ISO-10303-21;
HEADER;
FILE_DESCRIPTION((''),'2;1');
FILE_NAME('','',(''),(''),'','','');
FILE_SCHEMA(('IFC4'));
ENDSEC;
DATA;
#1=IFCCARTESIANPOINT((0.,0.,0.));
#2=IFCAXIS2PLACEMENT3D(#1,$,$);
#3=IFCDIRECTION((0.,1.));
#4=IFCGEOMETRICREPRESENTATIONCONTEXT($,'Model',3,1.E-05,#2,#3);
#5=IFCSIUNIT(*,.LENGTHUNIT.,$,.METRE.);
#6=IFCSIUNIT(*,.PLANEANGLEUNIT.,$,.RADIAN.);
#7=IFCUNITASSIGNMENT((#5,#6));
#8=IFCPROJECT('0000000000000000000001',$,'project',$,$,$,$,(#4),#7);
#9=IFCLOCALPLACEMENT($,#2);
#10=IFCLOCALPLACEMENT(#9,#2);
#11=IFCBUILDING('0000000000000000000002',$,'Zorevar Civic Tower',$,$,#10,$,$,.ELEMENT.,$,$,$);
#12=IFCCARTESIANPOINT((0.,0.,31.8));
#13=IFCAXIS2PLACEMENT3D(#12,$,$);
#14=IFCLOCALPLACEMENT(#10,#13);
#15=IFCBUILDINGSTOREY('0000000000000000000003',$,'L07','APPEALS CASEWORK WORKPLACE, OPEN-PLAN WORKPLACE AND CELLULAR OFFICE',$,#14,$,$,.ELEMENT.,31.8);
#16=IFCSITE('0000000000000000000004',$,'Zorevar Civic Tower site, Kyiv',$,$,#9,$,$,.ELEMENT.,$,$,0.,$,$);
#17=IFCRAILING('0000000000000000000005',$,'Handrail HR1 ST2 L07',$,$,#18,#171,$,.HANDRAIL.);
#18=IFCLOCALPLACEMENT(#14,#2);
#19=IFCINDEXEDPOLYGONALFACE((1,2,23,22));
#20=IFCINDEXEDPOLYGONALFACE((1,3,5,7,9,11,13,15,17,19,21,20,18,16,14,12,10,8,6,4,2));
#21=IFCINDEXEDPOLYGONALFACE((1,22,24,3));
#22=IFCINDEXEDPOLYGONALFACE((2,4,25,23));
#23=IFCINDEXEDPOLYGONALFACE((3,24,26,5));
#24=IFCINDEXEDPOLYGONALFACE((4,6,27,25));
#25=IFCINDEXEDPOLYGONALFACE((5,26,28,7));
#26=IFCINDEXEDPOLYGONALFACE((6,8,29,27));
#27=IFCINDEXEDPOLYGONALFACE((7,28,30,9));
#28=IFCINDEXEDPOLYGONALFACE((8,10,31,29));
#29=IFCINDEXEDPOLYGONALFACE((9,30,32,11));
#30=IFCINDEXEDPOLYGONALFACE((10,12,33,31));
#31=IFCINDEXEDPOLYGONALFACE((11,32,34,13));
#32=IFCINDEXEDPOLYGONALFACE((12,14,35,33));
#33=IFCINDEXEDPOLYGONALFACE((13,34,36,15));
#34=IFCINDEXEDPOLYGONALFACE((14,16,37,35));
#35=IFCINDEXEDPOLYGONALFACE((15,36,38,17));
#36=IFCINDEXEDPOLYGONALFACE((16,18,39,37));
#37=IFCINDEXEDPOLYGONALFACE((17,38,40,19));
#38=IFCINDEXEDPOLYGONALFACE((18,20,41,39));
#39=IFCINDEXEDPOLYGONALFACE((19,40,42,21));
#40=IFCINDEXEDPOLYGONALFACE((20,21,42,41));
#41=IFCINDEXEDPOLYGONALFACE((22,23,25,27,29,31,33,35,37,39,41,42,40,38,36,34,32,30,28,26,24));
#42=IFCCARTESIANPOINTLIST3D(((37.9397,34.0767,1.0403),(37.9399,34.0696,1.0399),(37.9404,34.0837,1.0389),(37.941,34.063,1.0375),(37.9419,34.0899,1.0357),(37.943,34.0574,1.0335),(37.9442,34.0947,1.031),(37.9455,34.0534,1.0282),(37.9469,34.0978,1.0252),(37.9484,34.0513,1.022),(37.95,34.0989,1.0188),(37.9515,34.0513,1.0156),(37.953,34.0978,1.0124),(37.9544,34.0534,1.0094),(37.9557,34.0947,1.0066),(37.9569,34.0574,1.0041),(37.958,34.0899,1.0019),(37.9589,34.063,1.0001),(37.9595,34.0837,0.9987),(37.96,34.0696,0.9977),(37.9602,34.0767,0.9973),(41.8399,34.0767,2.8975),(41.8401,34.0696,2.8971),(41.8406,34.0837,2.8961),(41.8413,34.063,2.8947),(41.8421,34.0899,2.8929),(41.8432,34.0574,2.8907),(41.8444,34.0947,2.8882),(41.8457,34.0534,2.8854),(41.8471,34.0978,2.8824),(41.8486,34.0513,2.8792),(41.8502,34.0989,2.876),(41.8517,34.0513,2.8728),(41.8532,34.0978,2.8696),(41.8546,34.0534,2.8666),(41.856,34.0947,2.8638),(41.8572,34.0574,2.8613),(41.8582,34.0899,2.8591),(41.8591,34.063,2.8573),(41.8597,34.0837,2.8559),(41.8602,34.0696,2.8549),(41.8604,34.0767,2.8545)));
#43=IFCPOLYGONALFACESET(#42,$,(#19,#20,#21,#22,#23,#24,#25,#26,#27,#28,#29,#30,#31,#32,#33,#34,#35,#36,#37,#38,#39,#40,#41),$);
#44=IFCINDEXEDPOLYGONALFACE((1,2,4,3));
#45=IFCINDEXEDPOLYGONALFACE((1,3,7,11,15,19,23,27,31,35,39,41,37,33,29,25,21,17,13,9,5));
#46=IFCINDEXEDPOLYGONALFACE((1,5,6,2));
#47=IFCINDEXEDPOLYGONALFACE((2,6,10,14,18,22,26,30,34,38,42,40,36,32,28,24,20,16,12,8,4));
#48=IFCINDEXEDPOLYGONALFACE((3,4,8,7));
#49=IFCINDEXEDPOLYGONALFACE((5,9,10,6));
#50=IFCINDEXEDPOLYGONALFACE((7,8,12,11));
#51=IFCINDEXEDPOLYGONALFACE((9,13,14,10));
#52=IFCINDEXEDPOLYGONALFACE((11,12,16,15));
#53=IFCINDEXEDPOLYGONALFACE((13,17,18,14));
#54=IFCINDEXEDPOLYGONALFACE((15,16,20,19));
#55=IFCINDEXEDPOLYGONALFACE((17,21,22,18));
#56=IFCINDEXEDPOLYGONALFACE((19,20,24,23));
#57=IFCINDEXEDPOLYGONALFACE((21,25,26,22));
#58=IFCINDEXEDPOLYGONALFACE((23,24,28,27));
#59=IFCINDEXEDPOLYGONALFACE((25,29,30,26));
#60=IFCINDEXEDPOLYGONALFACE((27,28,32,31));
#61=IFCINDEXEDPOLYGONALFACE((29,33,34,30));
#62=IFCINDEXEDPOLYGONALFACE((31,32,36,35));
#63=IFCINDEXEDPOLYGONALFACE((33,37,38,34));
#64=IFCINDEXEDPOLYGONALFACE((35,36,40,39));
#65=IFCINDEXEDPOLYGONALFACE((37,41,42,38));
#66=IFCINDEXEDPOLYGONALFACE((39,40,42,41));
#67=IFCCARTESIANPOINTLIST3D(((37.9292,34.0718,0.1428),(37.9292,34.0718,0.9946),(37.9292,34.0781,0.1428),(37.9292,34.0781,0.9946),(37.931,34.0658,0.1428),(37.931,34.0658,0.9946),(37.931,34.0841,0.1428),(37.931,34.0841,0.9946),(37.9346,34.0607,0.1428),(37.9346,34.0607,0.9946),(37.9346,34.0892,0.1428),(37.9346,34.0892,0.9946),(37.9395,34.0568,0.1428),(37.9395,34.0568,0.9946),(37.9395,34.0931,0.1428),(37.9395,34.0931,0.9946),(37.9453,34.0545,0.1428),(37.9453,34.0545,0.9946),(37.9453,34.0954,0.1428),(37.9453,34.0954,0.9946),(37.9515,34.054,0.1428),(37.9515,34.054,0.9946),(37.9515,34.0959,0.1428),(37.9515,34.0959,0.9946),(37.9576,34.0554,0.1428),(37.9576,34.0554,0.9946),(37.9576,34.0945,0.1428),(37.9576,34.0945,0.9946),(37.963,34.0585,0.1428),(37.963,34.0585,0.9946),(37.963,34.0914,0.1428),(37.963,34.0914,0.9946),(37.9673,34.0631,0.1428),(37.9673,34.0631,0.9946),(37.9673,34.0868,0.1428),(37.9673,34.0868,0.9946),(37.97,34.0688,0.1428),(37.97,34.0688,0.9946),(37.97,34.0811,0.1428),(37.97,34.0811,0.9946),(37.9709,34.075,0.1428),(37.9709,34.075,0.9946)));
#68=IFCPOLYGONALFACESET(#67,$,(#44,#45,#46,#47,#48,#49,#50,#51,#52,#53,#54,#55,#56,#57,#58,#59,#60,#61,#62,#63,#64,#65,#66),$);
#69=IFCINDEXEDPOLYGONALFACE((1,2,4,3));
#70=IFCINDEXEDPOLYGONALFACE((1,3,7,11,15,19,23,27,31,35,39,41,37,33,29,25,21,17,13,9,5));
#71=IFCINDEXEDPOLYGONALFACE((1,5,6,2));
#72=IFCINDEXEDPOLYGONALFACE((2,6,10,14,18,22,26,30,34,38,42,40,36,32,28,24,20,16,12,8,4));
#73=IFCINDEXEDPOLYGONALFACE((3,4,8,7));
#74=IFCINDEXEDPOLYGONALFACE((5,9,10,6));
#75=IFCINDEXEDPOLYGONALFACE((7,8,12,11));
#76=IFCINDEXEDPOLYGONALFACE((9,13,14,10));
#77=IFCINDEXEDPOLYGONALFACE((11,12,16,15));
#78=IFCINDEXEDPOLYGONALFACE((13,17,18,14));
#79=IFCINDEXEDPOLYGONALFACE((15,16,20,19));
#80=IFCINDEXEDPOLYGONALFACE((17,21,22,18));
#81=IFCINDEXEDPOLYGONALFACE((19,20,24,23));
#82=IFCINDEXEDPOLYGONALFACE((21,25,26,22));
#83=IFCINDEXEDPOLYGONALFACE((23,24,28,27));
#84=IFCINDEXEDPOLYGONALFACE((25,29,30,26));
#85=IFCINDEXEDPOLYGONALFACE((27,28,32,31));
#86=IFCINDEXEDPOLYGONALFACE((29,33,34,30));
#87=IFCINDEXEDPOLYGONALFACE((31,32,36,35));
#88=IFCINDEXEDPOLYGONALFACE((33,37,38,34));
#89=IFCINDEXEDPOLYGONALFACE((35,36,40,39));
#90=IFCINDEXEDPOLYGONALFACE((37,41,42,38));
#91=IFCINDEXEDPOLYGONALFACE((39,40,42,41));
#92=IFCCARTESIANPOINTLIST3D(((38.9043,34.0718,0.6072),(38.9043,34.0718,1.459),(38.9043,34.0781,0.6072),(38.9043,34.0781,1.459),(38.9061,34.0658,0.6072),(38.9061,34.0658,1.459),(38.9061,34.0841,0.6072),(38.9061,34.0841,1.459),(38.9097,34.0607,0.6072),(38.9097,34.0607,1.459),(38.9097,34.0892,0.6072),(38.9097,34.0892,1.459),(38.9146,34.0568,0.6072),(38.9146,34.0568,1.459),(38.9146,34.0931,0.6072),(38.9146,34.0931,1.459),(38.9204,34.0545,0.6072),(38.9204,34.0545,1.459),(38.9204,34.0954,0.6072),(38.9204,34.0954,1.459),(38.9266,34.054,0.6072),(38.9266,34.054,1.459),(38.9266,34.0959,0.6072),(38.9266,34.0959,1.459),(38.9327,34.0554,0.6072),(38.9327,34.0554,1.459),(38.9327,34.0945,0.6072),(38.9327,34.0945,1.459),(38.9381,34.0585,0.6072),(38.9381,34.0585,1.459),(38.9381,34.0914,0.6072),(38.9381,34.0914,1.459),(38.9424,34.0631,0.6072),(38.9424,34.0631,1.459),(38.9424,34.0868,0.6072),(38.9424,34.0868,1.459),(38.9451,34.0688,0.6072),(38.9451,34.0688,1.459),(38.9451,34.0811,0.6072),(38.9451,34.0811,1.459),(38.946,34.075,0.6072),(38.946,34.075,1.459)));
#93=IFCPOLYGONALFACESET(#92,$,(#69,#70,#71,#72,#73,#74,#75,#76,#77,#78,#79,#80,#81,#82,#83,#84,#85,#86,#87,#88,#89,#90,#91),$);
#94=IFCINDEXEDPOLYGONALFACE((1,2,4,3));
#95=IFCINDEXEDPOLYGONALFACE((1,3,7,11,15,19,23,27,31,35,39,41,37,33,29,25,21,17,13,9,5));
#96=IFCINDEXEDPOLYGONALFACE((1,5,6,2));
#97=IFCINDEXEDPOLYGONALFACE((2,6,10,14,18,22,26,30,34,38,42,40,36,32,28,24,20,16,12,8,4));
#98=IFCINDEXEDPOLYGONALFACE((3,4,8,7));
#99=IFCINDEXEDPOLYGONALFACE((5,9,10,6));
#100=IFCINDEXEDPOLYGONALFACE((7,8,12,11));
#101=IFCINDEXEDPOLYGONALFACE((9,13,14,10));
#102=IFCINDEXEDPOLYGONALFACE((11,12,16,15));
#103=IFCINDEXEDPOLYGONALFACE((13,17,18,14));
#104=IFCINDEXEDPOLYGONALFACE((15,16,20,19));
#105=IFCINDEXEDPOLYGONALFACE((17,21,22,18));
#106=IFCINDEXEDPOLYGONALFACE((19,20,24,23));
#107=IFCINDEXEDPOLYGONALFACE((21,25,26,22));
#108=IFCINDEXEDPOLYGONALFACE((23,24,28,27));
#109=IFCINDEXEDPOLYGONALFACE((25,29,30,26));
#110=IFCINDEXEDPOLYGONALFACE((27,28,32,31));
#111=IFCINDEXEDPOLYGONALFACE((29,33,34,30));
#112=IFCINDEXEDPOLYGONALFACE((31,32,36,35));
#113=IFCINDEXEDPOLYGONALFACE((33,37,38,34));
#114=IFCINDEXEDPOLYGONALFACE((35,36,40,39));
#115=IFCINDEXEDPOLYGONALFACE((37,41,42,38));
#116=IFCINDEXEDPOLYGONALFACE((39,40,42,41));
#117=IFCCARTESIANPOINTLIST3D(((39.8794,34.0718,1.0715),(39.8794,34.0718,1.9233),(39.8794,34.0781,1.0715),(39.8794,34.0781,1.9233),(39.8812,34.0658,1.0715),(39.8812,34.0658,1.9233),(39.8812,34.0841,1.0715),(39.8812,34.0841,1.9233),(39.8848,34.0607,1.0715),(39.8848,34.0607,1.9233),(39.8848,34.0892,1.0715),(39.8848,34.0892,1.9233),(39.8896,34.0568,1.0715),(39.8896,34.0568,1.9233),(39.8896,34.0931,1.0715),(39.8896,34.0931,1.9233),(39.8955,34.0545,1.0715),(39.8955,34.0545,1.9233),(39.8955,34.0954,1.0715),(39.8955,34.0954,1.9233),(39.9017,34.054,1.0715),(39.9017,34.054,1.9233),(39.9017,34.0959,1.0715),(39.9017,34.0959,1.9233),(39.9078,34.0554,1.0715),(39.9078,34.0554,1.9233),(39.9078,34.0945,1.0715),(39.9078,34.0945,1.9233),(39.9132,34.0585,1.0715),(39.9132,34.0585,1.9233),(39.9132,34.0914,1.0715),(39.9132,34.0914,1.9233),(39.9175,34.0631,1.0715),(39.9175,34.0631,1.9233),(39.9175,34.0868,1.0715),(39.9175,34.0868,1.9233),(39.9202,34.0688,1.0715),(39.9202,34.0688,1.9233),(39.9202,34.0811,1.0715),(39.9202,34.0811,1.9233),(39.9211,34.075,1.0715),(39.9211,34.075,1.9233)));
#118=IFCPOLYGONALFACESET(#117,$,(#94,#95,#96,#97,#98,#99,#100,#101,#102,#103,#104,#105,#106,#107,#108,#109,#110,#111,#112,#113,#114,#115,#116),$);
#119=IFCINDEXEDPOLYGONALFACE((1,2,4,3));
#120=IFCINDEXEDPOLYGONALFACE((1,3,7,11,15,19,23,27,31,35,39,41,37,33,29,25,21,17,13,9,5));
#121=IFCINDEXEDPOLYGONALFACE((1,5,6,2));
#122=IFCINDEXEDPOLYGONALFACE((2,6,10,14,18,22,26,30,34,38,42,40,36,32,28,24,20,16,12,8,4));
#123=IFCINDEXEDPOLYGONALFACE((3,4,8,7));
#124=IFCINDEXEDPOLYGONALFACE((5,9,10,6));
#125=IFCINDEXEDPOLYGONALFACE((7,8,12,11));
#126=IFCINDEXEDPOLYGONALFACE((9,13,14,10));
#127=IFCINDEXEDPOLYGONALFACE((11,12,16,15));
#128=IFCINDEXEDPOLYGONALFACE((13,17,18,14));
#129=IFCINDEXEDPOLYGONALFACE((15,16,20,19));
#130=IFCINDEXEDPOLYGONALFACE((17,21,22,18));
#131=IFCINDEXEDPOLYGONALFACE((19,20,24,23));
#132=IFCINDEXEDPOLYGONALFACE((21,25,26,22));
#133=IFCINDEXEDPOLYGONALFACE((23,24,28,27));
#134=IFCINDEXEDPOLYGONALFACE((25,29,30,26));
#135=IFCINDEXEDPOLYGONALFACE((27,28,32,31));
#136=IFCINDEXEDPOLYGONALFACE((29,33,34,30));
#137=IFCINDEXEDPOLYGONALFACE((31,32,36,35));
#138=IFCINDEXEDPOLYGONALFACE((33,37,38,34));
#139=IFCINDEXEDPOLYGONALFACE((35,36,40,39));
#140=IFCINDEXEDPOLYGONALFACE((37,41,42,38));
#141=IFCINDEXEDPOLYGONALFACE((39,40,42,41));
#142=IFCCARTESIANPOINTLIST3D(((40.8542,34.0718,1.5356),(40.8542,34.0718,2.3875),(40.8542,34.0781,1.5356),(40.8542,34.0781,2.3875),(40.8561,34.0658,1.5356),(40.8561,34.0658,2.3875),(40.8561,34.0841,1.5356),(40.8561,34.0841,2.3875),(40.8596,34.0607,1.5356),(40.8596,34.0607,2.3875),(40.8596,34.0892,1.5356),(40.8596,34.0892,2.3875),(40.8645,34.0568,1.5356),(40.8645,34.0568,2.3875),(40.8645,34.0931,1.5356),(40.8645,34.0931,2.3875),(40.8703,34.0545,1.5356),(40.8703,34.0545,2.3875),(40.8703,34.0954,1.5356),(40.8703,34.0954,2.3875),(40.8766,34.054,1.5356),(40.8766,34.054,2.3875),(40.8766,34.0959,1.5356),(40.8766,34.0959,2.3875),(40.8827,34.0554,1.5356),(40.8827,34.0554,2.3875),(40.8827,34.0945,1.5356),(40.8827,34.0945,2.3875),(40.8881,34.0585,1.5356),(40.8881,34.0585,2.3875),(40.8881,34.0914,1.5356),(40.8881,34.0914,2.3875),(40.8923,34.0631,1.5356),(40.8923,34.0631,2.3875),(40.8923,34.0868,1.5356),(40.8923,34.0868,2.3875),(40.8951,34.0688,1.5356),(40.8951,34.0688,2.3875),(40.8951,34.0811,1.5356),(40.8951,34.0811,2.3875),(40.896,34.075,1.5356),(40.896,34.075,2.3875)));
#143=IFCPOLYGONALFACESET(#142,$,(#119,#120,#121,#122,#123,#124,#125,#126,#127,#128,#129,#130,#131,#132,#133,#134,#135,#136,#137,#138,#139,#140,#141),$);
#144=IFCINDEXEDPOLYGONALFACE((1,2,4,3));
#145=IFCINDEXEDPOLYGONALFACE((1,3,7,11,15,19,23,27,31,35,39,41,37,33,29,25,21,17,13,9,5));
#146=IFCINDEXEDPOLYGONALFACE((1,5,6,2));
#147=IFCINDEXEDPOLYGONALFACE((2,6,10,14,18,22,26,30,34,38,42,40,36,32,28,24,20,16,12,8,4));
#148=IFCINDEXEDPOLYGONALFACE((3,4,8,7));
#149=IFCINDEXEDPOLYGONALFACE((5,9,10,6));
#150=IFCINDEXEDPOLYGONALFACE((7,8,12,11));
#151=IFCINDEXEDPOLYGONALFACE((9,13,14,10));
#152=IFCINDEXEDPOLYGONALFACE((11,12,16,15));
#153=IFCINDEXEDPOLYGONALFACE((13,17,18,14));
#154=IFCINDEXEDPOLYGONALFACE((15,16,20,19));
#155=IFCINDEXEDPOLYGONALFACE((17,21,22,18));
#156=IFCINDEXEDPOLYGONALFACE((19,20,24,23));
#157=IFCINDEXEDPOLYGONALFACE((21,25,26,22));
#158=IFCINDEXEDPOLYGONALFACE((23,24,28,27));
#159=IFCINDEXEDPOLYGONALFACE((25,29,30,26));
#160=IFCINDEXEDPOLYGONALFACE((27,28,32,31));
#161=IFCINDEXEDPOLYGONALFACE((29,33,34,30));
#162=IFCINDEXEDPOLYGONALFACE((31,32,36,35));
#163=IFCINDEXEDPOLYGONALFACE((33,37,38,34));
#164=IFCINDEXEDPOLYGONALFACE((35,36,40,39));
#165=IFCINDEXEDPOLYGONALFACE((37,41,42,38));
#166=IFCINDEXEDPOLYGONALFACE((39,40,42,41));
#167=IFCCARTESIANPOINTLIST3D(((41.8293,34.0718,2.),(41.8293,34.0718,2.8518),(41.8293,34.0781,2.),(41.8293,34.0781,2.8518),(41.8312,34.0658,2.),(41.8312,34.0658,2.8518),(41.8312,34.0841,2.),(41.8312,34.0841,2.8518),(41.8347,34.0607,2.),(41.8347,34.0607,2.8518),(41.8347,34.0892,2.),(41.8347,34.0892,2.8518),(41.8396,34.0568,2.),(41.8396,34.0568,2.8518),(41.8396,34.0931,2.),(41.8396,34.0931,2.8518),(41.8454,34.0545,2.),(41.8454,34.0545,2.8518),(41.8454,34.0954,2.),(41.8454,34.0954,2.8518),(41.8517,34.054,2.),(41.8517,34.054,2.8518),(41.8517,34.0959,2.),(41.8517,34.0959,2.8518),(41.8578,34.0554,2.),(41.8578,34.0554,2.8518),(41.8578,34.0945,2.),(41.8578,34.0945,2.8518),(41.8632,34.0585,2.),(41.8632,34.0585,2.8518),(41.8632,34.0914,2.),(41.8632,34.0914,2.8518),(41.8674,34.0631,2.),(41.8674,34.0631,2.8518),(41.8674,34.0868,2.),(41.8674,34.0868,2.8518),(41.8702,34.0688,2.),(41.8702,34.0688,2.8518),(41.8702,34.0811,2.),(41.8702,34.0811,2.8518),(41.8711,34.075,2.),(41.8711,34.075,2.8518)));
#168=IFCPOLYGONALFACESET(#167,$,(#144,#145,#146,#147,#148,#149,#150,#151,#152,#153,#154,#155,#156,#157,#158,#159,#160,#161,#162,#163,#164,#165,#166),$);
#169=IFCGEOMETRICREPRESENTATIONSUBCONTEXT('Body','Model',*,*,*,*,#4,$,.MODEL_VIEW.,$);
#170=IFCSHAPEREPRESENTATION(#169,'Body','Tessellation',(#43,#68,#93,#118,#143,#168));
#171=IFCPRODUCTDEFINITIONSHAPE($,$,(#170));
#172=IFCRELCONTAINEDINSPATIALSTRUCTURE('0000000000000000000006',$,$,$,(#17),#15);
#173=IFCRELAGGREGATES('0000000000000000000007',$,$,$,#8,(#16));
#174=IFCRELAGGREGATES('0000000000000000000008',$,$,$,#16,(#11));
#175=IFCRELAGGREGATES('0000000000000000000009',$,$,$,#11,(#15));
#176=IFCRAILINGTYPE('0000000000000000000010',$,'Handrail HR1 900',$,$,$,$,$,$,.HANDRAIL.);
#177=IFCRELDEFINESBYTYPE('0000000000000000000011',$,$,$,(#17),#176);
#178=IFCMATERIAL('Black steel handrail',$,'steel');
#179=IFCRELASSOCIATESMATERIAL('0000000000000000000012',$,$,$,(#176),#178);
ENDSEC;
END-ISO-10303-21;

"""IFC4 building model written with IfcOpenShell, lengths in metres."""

from ifc_helpers import new_model, si_unit, direction, frame, origin, origin_2d, place, context, subcontext, project, spatial, circle, extrude, material, type_object, element, save


model = new_model("IFC4")

# Units and contexts
model_context = context("Model", 3, precision=1e-05, world=origin(), true_north=direction((0.0, 1.0)))
body_context = subcontext(model_context, "Body", "Model", "MODEL_VIEW")
ifc_project = project(units=[si_unit("LENGTHUNIT", "METRE"), si_unit("PLANEANGLEUNIT", "RADIAN")], contexts=[model_context])

# Site, building, storey
site_placement = place(None, origin())
site = spatial("IfcSite", under=ifc_project, at=site_placement, Name="Zorevar Civic Tower site, Kyiv", CompositionType="ELEMENT", RefElevation=0.0)
building_placement = place(site_placement, origin())
building = spatial("IfcBuilding", under=site, at=building_placement, Name="Zorevar Civic Tower", CompositionType="ELEMENT")
storey_placement = place(building_placement, frame((0.0, 0.0, 31.8)))
storey = spatial("IfcBuildingStorey", under=building, at=storey_placement, Name="L07", Description="APPEALS CASEWORK WORKPLACE, OPEN-PLAN WORKPLACE AND CELLULAR OFFICE", CompositionType="ELEMENT", Elevation=31.8)

# Railing
ifc_material_1 = material(Name="Black steel handrail", Category="steel")
railing_type = type_object("IfcRailingType", Name="Handrail HR1 900", PredefinedType="HANDRAIL", material=ifc_material_1)
railing_1_placement = place(storey_placement, frame((37.95, 34.075, 0.1428)))
element("IfcRailing", 1, at=railing_1_placement, inside=storey, type_object=railing_type, Name="Handrail HR1 ST2 L07", PredefinedType="HANDRAIL", context=body_context, shape_type="SweptSolid", body=[
    extrude(circle(Radius=0.0239, at=origin_2d()), frame((0.0, 0.0, 0.876), z_axis=(0.902864, 0.0, 0.429927), x_axis=(0.0, 1.0, 0.0)), (0.0, 0.0, 1.0), 4.3198),
    extrude(circle(Radius=0.021, at=origin_2d()), origin(), (0.0, 0.0, 1.0), 0.8518),
    extrude(circle(Radius=0.021, at=origin_2d()), frame((0.9751, 0.0, 0.4644)), (0.0, 0.0, 1.0), 0.8518),
    extrude(circle(Radius=0.021, at=origin_2d()), frame((1.9502, 0.0, 0.9287)), (0.0, 0.0, 1.0), 0.8518),
    extrude(circle(Radius=0.021, at=origin_2d()), frame((2.925, 0.0, 1.3928)), (0.0, 0.0, 1.0), 0.8518),
    extrude(circle(Radius=0.021, at=origin_2d()), frame((3.9001, 0.0, 1.8572)), (0.0, 0.0, 1.0), 0.8518),
])

save(model, "model.ifc")
